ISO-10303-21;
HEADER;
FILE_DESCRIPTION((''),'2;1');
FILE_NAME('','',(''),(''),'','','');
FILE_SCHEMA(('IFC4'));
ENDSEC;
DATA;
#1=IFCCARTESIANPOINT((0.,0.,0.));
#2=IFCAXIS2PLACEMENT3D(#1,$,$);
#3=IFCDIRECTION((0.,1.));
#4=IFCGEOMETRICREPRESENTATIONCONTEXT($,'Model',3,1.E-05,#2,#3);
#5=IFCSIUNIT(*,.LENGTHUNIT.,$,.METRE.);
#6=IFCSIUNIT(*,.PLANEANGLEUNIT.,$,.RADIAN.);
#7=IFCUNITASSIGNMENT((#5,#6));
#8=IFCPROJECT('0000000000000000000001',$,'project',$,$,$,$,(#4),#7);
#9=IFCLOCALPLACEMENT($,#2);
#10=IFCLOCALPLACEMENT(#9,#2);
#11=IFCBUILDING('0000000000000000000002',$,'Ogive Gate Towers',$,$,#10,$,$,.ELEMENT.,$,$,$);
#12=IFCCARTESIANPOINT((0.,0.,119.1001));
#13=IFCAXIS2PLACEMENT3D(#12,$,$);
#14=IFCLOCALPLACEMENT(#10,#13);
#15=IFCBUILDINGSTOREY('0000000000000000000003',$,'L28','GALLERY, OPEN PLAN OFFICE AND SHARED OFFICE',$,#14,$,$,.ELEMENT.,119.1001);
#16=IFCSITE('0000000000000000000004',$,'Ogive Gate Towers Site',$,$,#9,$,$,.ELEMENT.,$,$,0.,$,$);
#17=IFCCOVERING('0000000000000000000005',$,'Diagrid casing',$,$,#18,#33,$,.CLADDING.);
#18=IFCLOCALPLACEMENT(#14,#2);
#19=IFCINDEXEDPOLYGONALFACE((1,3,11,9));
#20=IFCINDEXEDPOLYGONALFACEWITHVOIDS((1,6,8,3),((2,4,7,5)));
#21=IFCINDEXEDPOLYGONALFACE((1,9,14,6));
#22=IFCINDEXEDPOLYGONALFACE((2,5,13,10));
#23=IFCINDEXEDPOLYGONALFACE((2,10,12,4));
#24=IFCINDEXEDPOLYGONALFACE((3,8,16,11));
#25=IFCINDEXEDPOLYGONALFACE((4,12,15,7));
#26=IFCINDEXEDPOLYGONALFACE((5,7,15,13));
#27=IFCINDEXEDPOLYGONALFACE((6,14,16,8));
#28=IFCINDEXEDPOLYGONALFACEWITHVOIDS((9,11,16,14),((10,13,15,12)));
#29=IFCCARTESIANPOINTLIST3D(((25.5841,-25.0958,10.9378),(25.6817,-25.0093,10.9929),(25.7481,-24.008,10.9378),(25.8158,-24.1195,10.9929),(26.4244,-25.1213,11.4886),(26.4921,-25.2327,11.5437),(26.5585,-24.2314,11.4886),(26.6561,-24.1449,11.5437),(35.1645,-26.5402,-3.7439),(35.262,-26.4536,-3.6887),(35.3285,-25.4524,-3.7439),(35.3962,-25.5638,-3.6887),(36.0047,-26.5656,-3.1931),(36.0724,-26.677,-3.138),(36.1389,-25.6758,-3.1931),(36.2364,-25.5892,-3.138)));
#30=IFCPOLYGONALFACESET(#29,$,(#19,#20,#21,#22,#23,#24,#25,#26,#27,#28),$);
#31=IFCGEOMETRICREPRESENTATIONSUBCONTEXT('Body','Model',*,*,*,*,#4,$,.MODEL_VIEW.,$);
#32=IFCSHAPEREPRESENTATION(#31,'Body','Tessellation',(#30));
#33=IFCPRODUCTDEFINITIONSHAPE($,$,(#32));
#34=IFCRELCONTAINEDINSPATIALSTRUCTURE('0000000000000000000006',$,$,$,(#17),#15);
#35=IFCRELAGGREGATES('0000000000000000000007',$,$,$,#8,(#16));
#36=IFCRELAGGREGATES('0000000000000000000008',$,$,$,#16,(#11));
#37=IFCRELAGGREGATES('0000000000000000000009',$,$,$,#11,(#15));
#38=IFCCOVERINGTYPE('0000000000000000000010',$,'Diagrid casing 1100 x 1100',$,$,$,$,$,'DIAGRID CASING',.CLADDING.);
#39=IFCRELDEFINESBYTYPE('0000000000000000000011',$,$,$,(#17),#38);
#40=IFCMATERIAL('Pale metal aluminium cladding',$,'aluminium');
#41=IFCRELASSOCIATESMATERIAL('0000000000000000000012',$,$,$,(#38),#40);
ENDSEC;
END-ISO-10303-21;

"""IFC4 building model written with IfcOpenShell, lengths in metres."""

from ifc_helpers import new_model, si_unit, direction, frame, origin, origin_2d, place, context, subcontext, project, spatial, hollow_rectangle, extrude, material, material_profile, profile_set, type_object, element, save


model = new_model("IFC4")

# Units and contexts
model_context = context("Model", 3, precision=1e-05, world=origin(), true_north=direction((0.0, 1.0)))
body_context = subcontext(model_context, "Body", "Model", "MODEL_VIEW")
ifc_project = project(units=[si_unit("LENGTHUNIT", "METRE"), si_unit("PLANEANGLEUNIT", "RADIAN")], contexts=[model_context])

# Site, building, storey
site_placement = place(None, origin())
site = spatial("IfcSite", under=ifc_project, at=site_placement, Name="Ogive Gate Towers Site", CompositionType="ELEMENT", RefElevation=0.0)
building_placement = place(site_placement, origin())
building = spatial("IfcBuilding", under=site, at=building_placement, Name="Ogive Gate Towers", CompositionType="ELEMENT")
storey_placement = place(building_placement, frame((0.0, 0.0, 119.1001)))
storey = spatial("IfcBuildingStorey", under=building, at=storey_placement, Name="L28", Description="GALLERY, OPEN PLAN OFFICE AND SHARED OFFICE", CompositionType="ELEMENT", Elevation=119.1001)

# Covering
ifc_material_1 = material(Name="Pale metal aluminium cladding", Category="aluminium")
ifc_material_profile_1 = material_profile(ifc_material_1, hollow_rectangle(XDim=1.1001, YDim=1.1001, WallThickness=0.1001, at=origin_2d()), Name="1100 x 1100 pale metal casing")
ifc_profile_set_1 = profile_set([ifc_material_profile_1], Name="Pale metal aluminium cladding")
covering_type = type_object("IfcCoveringType", Name="Diagrid casing 1100 x 1100", ElementType="DIAGRID CASING", PredefinedType="CLADDING", material=ifc_profile_set_1)
covering_placement = place(storey_placement, frame((35.7004, -26.0647, -3.4409), z_axis=(-0.544636, 0.08211, 0.834643), x_axis=(-0.149076, -0.988826, 0.0)))
element("IfcCovering", 1, at=covering_placement, inside=storey, type_object=covering_type, Name="Diagrid casing", PredefinedType="CLADDING", context=body_context, shape_type="SweptSolid", body=[
    extrude(hollow_rectangle(XDim=1.1001, YDim=1.1001, WallThickness=0.1001, at=origin_2d()), origin(), (0.0, 0.0, 1.0), 17.5903),
])

save(model, "model.ifc")
